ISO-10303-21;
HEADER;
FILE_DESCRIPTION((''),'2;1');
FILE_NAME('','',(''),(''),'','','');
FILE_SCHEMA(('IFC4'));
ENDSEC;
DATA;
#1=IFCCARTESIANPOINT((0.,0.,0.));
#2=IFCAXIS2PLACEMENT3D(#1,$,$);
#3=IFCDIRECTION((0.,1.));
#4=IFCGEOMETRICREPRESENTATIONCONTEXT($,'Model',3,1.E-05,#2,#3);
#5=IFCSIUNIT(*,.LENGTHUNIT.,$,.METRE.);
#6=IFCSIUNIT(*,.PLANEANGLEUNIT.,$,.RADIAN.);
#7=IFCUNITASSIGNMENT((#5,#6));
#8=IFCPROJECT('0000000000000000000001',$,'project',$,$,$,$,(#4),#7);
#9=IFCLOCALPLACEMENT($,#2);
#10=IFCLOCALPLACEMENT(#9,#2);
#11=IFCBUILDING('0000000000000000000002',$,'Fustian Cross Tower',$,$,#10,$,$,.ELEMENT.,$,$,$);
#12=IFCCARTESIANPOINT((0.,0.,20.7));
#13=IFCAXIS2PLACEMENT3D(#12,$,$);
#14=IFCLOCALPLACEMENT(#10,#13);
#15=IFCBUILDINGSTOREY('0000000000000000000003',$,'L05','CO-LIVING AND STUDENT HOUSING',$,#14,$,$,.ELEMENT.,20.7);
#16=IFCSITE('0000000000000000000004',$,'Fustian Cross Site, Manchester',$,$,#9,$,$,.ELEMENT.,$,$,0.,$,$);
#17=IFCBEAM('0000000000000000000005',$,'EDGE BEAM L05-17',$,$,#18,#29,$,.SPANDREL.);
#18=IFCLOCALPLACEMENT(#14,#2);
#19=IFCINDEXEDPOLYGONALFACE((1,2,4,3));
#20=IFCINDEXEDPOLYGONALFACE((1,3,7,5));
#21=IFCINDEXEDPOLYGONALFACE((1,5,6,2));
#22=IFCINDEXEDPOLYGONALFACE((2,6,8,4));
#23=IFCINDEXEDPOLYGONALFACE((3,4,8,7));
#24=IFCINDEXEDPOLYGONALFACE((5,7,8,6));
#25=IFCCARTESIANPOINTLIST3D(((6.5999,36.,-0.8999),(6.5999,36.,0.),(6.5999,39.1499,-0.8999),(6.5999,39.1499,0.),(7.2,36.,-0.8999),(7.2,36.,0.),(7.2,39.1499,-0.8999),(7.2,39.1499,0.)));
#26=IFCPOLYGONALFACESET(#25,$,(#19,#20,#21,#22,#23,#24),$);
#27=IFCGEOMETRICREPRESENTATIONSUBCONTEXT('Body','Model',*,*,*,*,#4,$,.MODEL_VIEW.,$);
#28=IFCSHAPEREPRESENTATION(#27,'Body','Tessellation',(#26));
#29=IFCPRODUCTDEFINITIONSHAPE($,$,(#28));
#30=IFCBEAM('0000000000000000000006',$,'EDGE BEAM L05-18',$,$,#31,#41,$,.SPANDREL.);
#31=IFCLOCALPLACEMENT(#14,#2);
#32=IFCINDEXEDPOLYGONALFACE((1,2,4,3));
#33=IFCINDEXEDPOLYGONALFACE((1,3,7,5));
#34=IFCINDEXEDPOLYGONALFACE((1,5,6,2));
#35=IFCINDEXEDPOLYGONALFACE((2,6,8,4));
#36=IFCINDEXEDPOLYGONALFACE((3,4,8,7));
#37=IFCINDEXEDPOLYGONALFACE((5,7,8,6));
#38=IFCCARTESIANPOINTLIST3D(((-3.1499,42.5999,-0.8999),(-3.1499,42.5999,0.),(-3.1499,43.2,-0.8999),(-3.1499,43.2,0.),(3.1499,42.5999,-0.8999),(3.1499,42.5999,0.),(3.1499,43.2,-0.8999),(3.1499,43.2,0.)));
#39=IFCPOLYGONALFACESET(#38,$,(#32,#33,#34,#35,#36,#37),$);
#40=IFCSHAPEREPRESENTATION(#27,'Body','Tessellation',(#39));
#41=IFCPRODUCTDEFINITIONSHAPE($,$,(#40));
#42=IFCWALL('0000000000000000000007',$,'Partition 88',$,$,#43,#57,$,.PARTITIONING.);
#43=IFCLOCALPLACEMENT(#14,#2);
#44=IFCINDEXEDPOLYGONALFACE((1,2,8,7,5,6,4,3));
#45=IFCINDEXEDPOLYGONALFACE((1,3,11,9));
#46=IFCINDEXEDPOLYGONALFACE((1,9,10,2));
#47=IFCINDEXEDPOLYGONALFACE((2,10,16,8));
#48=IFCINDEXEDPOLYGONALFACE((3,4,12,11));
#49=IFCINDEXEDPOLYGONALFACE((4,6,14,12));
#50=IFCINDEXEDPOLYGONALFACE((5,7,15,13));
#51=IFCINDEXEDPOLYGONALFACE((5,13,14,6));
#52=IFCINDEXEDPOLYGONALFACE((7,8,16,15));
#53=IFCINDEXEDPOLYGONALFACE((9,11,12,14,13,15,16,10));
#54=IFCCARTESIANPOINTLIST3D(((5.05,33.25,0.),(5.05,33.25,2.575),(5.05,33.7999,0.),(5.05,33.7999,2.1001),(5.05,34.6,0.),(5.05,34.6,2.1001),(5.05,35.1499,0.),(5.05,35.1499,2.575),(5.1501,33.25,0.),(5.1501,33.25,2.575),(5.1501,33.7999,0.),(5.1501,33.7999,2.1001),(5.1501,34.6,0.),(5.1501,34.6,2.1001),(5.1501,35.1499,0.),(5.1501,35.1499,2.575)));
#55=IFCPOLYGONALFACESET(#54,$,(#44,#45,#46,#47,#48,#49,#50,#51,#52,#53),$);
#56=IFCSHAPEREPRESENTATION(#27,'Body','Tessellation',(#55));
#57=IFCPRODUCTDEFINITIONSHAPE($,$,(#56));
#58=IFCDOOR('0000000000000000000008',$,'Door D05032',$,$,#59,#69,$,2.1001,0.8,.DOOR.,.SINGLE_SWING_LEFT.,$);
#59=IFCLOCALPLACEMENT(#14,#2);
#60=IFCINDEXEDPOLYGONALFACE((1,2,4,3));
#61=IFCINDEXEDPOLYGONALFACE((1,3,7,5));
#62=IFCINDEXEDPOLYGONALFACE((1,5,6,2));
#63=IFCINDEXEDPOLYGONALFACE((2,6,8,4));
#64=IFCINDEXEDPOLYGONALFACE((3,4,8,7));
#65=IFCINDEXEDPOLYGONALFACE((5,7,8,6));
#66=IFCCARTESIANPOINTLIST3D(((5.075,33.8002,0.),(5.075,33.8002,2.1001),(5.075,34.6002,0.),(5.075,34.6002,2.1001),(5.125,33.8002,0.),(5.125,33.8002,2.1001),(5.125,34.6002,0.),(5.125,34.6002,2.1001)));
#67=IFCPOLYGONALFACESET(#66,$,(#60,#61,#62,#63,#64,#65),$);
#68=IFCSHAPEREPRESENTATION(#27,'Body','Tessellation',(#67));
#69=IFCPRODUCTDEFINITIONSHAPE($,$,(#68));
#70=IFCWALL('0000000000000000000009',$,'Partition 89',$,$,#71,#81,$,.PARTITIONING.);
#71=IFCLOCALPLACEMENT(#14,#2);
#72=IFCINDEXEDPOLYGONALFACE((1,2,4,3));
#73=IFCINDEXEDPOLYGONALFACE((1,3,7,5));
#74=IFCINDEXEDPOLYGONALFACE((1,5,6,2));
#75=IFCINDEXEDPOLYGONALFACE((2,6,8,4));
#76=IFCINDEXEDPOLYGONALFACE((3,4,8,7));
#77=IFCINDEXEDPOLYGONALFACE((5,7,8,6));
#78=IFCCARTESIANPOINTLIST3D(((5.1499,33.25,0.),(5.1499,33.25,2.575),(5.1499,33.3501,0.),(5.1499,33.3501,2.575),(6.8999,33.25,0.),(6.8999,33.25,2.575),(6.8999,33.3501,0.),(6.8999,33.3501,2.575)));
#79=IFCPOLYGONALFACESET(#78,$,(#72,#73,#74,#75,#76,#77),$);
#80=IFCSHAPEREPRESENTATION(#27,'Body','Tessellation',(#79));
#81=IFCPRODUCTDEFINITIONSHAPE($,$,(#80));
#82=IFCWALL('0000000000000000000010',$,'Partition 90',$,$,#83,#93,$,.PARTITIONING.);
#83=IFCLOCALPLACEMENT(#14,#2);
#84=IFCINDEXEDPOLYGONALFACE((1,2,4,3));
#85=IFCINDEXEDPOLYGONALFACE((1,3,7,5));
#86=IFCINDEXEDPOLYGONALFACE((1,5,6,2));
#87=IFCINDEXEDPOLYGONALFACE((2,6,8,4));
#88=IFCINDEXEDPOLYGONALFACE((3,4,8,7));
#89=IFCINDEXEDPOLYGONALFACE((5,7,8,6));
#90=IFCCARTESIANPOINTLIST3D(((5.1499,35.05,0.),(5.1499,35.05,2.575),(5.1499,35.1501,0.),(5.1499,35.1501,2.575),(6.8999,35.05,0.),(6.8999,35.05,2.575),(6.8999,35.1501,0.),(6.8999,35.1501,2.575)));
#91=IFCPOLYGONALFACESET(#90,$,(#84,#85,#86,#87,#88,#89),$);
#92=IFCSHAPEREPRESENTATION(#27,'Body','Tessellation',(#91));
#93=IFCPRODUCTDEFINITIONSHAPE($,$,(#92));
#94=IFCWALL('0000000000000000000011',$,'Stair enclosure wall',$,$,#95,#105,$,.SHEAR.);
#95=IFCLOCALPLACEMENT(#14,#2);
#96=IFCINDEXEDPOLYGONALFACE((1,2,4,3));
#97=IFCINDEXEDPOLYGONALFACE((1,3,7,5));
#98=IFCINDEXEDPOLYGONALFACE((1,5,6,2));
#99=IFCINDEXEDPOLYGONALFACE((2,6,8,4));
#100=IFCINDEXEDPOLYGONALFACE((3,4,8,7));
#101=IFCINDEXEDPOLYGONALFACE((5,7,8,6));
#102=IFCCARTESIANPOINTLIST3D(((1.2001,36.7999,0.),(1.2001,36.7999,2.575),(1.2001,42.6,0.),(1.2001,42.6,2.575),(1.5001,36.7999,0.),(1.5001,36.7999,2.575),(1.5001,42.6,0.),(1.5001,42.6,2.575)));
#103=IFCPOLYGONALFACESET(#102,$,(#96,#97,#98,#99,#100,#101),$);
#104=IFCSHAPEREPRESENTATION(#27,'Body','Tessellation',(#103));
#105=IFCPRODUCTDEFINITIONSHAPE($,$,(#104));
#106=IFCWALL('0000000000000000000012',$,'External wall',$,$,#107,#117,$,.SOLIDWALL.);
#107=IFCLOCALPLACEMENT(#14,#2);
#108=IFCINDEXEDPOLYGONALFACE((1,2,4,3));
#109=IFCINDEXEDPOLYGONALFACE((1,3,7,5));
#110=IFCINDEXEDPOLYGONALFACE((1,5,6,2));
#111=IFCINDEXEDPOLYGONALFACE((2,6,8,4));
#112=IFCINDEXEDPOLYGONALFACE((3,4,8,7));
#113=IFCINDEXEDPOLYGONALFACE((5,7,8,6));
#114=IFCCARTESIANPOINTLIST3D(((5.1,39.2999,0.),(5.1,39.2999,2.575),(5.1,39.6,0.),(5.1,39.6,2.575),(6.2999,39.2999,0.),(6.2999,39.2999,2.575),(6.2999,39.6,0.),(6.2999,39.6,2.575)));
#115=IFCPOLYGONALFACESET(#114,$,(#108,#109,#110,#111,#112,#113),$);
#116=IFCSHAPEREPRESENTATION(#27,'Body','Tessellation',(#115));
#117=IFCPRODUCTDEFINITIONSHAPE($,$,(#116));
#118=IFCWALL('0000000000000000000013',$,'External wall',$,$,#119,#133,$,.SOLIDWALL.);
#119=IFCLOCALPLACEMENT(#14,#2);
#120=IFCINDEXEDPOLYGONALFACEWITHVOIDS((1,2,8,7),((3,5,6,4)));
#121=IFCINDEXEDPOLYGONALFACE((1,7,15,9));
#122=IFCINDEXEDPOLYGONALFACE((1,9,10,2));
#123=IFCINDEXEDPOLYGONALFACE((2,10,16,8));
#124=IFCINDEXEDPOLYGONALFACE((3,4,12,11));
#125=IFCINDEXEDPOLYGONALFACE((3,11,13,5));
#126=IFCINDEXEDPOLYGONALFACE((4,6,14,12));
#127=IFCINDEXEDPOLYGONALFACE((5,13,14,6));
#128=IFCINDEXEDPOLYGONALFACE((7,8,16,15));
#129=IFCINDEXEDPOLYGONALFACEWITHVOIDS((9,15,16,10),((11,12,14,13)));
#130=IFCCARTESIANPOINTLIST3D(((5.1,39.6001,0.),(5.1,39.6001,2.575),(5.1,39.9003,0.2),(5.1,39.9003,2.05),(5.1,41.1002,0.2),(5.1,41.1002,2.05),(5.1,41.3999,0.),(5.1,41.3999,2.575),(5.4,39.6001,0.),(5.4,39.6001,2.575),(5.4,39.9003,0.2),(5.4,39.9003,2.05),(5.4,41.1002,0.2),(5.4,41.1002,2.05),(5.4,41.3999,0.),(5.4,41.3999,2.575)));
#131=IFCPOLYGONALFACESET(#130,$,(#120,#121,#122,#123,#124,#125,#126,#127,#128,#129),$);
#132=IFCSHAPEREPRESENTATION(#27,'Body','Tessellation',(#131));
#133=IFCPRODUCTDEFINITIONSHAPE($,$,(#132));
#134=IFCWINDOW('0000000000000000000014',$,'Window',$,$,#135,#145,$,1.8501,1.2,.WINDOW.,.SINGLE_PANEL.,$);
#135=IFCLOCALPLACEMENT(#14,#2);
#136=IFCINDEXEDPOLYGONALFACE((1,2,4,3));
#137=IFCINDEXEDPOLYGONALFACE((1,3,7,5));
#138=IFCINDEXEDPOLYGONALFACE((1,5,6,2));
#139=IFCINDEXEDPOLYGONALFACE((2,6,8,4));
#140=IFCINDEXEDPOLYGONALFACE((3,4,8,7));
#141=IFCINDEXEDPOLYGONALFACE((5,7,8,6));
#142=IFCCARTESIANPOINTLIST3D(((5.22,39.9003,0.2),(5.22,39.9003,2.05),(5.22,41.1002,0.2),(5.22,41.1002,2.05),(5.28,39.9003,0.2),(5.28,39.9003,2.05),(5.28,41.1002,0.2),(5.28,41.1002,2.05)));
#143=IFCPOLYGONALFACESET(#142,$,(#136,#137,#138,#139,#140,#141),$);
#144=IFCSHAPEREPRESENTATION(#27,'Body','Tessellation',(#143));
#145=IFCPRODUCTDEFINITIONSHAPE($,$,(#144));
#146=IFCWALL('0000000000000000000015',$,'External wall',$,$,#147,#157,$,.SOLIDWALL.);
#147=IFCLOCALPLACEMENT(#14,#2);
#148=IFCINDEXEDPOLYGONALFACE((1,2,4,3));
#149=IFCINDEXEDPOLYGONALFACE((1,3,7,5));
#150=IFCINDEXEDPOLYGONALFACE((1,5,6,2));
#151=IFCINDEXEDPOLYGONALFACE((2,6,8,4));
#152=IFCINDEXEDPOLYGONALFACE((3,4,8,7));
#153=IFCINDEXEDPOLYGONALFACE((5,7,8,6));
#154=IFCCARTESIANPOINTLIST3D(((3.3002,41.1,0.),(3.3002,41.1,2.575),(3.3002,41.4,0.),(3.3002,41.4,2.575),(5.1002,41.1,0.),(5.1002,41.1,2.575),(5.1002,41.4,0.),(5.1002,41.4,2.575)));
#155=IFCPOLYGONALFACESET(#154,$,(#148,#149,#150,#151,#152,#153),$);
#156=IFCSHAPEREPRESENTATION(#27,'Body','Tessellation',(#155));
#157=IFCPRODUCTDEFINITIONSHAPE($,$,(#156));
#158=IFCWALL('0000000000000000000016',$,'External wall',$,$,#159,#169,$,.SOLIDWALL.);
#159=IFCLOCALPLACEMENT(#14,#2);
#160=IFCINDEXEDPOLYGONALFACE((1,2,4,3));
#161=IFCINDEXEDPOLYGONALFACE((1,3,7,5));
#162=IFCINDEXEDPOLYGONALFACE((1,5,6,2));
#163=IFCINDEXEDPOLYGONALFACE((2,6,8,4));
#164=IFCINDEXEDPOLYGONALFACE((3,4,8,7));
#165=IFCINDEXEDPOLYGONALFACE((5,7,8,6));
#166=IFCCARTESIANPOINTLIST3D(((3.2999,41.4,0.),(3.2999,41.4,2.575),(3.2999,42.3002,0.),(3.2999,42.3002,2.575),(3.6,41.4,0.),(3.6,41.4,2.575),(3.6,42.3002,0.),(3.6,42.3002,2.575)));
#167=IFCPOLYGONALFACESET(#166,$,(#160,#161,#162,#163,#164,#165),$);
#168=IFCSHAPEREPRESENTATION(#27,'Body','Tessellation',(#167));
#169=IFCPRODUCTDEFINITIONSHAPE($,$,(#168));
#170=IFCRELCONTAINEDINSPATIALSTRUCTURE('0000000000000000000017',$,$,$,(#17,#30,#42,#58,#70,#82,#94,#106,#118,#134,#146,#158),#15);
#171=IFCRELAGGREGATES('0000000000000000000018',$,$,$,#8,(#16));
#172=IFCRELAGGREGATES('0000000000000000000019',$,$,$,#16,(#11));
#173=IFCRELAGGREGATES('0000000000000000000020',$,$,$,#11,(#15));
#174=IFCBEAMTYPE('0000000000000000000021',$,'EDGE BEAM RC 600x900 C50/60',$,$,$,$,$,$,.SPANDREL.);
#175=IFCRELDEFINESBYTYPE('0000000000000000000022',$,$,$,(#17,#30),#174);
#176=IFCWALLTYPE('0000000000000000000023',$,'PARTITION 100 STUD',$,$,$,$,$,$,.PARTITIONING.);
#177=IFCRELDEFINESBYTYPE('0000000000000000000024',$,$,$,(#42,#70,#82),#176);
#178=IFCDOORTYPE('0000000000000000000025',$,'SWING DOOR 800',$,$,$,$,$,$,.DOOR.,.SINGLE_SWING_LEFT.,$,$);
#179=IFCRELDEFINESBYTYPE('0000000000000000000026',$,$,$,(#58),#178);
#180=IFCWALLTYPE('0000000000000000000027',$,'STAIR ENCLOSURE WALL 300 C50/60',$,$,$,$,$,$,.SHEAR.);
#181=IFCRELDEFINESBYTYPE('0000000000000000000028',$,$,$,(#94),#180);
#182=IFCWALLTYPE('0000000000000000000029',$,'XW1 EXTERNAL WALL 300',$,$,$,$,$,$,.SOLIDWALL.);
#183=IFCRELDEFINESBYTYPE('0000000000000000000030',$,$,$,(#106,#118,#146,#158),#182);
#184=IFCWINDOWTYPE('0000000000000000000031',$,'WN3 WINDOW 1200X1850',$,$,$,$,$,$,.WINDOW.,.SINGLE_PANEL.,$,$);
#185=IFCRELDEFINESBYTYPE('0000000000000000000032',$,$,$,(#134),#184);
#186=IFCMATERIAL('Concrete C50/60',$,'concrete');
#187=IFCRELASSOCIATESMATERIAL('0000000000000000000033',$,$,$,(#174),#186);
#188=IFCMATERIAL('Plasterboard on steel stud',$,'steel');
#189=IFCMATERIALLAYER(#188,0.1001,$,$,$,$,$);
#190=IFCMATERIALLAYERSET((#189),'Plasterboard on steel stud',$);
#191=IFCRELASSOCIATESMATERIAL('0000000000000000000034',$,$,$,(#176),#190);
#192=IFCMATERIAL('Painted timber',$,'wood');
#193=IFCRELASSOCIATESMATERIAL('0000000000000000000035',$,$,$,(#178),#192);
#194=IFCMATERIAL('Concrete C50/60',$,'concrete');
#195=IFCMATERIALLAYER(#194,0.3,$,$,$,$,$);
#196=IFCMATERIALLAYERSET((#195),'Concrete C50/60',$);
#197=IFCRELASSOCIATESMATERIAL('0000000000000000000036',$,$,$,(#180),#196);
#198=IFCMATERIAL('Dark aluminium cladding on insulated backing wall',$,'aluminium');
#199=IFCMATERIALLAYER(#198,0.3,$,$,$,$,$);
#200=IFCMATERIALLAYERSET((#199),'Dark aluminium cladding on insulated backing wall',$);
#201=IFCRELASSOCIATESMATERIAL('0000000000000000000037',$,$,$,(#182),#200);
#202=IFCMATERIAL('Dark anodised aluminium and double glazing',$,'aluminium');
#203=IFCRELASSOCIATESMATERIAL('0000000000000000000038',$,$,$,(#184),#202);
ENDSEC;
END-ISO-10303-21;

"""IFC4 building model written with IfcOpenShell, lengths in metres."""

from ifc_helpers import new_model, si_unit, direction, frame, frame_2d, origin, origin_2d, place, context, subcontext, project, spatial, rectangle, extrude, material, layer, layer_set, material_profile, profile_set, type_object, element, fill, save


model = new_model("IFC4")

# Units and contexts
model_context = context("Model", 3, precision=1e-05, world=origin(), true_north=direction((0.0, 1.0)))
body_context = subcontext(model_context, "Body", "Model", "MODEL_VIEW")
ifc_project = project(units=[si_unit("LENGTHUNIT", "METRE"), si_unit("PLANEANGLEUNIT", "RADIAN")], contexts=[model_context])

# Site, building, storey
site_placement = place(None, origin())
site = spatial("IfcSite", under=ifc_project, at=site_placement, Name="Fustian Cross Site, Manchester", CompositionType="ELEMENT", RefElevation=0.0)
building_placement = place(site_placement, origin())
building = spatial("IfcBuilding", under=site, at=building_placement, Name="Fustian Cross Tower", CompositionType="ELEMENT")
storey_placement = place(building_placement, frame((0.0, 0.0, 20.7)))
storey = spatial("IfcBuildingStorey", under=building, at=storey_placement, Name="L05", Description="CO-LIVING AND STUDENT HOUSING", CompositionType="ELEMENT", Elevation=20.7)

# Beams
ifc_material_1 = material(Name="Concrete C50/60", Category="concrete")
ifc_material_profile_1 = material_profile(ifc_material_1, rectangle(XDim=0.6001, YDim=0.8999, at=origin_2d()), Name="RC 600x900")
ifc_profile_set_1 = profile_set([ifc_material_profile_1], Name="Concrete C50/60")
beam_type = type_object("IfcBeamType", Name="EDGE BEAM RC 600x900 C50/60", PredefinedType="SPANDREL", material=ifc_profile_set_1)
beam_1_placement = place(storey_placement, frame((6.8999, 36.0, -0.45), z_axis=(0.0, 1.0, 0.0), x_axis=(-1.0, 0.0, 0.0)))
element("IfcBeam", 1, at=beam_1_placement, inside=storey, type_object=beam_type, Name="EDGE BEAM L05-17", PredefinedType="SPANDREL", context=body_context, shape_type="SweptSolid", body=[
    extrude(rectangle(XDim=0.6001, YDim=0.8999, at=origin_2d()), origin(), (0.0, 0.0, 1.0), 3.1499),
])
beam_2_placement = place(storey_placement, frame((3.1499, 42.8999, -0.45), z_axis=(-1.0, 0.0, 0.0), x_axis=(0.0, -1.0, 0.0)))
element("IfcBeam", 2, at=beam_2_placement, inside=storey, type_object=beam_type, Name="EDGE BEAM L05-18", PredefinedType="SPANDREL", context=body_context, shape_type="SweptSolid", body=[
    extrude(rectangle(XDim=0.6001, YDim=0.8999, at=origin_2d()), origin(), (0.0, 0.0, 1.0), 6.2998),
])

# Wall, opening, door
ifc_material_2 = material(Name="Plasterboard on steel stud", Category="steel")
ifc_layer_1 = layer(ifc_material_2, 0.1001)
ifc_layer_set_1 = layer_set([ifc_layer_1], Name="Plasterboard on steel stud")
wall_type_1 = type_object("IfcWallType", Name="PARTITION 100 STUD", PredefinedType="PARTITIONING", material=ifc_layer_set_1)
wall_1_placement = place(storey_placement, frame((5.1001, 33.25, 0.0), z_axis=(0.0, 0.0, 1.0), x_axis=(0.0, 1.0, 0.0)))
wall_1 = element("IfcWall", 3, at=wall_1_placement, inside=storey, type_object=wall_type_1, Name="Partition 88", PredefinedType="PARTITIONING", context=body_context, shape_type="SweptSolid", body=[
    extrude(rectangle(XDim=1.8999, YDim=0.1001, at=frame_2d((0.95, 0.0))), origin(), (0.0, 0.0, 1.0), 2.575),
])
opening_1_placement = place(wall_1_placement, frame((0.55, 0.0, 0.0)))
opening_1 = element("IfcOpeningElement", 4, at=opening_1_placement, cuts=wall_1, PredefinedType="OPENING", context=body_context, shape_type="SweptSolid", body=[
    extrude(rectangle(XDim=0.8, YDim=2.1001, at=frame_2d((0.3999, 1.05))), frame((0.0, 0.0601, 0.0), z_axis=(0.0, -1.0, 0.0), x_axis=(1.0, 0.0, 0.0)), (0.0, 0.0, 1.0), 0.1201),
])
ifc_material_3 = material(Name="Painted timber", Category="wood")
door_type = type_object("IfcDoorType", Name="SWING DOOR 800", OperationType="SINGLE_SWING_LEFT", PredefinedType="DOOR", material=ifc_material_3)
door_placement = place(opening_1_placement, frame((0.8, 0.0, 0.0), z_axis=(0.0, 0.0, 1.0), x_axis=(-1.0, 0.0, 0.0)))
door = element("IfcDoor", 5, at=door_placement, inside=storey, type_object=door_type, Name="Door D05032", OperationType="SINGLE_SWING_LEFT", OverallHeight=2.1001, OverallWidth=0.8, PredefinedType="DOOR", context=body_context, shape_type="SweptSolid", body=[
    extrude(rectangle(XDim=0.8, YDim=2.1001, at=frame_2d((0.3999, 1.05))), frame((0.0, 0.0249, 0.0), z_axis=(0.0, -1.0, 0.0), x_axis=(1.0, 0.0, 0.0)), (0.0, 0.0, 1.0), 0.05),
])
fill(opening_1, door)

# Walls
for number, where, z_axis, x_axis, name in (
    (6, (5.1499, 33.3, 0.0), (0.0, 0.0, 1.0), (1.0, 0.0, 0.0), "Partition 89"),
    (7, (5.1499, 35.1001, 0.0), (0.0, 0.0, 1.0), (1.0, 0.0, 0.0), "Partition 90"),
):
    element("IfcWall", number, at=place(storey_placement, frame(where, z_axis=z_axis, x_axis=x_axis)), inside=storey, type_object=wall_type_1, Name=name, PredefinedType="PARTITIONING", context=body_context, shape_type="SweptSolid", body=[
        extrude(rectangle(XDim=1.75, YDim=0.1001, at=frame_2d((0.875, 0.0))), origin(), (0.0, 0.0, 1.0), 2.575),
    ])
ifc_material_4 = material(Name="Concrete C50/60", Category="concrete")
ifc_layer_2 = layer(ifc_material_4, 0.3)
ifc_layer_set_2 = layer_set([ifc_layer_2], Name="Concrete C50/60")
wall_type_2 = type_object("IfcWallType", Name="STAIR ENCLOSURE WALL 300 C50/60", PredefinedType="SHEAR", material=ifc_layer_set_2)
wall_2_placement = place(storey_placement, frame((1.3501, 36.8, 0.0), z_axis=(0.0, 0.0, 1.0), x_axis=(0.0, 1.0, 0.0)))
element("IfcWall", 8, at=wall_2_placement, inside=storey, type_object=wall_type_2, Name="Stair enclosure wall", PredefinedType="SHEAR", context=body_context, shape_type="SweptSolid", body=[
    extrude(rectangle(XDim=5.8, YDim=0.3, at=frame_2d((2.8999, 0.0))), origin(), (0.0, 0.0, 1.0), 2.575),
])
ifc_material_5 = material(Name="Dark aluminium cladding on insulated backing wall", Category="aluminium")
ifc_layer_3 = layer(ifc_material_5, 0.3)
ifc_layer_set_3 = layer_set([ifc_layer_3], Name="Dark aluminium cladding on insulated backing wall")
wall_type_3 = type_object("IfcWallType", Name="XW1 EXTERNAL WALL 300", PredefinedType="SOLIDWALL", material=ifc_layer_set_3)
wall_3_placement = place(storey_placement, frame((6.3, 39.45, 0.0), z_axis=(0.0, 0.0, 1.0), x_axis=(-1.0, 0.0, 0.0)))
element("IfcWall", 9, at=wall_3_placement, inside=storey, type_object=wall_type_3, Name="External wall", PredefinedType="SOLIDWALL", context=body_context, shape_type="SweptSolid", body=[
    extrude(rectangle(XDim=1.2, YDim=0.3, at=frame_2d((0.6001, 0.0))), origin(), (0.0, 0.0, 1.0), 2.575),
])

# Wall, opening, window
wall_4_placement = place(storey_placement, frame((5.25, 39.6001, 0.0), z_axis=(0.0, 0.0, 1.0), x_axis=(0.0, 1.0, 0.0)))
wall_4 = element("IfcWall", 10, at=wall_4_placement, inside=storey, type_object=wall_type_3, Name="External wall", PredefinedType="SOLIDWALL", context=body_context, shape_type="SweptSolid", body=[
    extrude(rectangle(XDim=1.7998, YDim=0.3, at=frame_2d((0.8999, 0.0))), origin(), (0.0, 0.0, 1.0), 2.575),
])
opening_2_placement = place(wall_4_placement, frame((0.3, 0.0, 0.2)))
opening_2 = element("IfcOpeningElement", 11, at=opening_2_placement, cuts=wall_4, PredefinedType="OPENING", context=body_context, shape_type="SweptSolid", body=[
    extrude(rectangle(XDim=1.2, YDim=1.8501, at=frame_2d((0.6001, 0.925))), frame((0.0, 0.1599, 0.0), z_axis=(0.0, -1.0, 0.0), x_axis=(1.0, 0.0, 0.0)), (0.0, 0.0, 1.0), 0.3201),
])
ifc_material_6 = material(Name="Dark anodised aluminium and double glazing", Category="aluminium")
window_type_1 = type_object("IfcWindowType", Name="WN3 WINDOW 1200X1850", PartitioningType="SINGLE_PANEL", PredefinedType="WINDOW", material=ifc_material_6)
window_1_placement = place(opening_2_placement, origin())
window_1 = element("IfcWindow", 12, at=window_1_placement, inside=storey, type_object=window_type_1, Name="Window", OverallHeight=1.8501, OverallWidth=1.2, PartitioningType="SINGLE_PANEL", PredefinedType="WINDOW", context=body_context, shape_type="SweptSolid", body=[
    extrude(rectangle(XDim=1.2, YDim=1.8501, at=frame_2d((0.6001, 0.925))), frame((0.0, 0.03, 0.0), z_axis=(0.0, -1.0, 0.0), x_axis=(1.0, 0.0, 0.0)), (0.0, 0.0, 1.0), 0.0601),
])
fill(opening_2, window_1)

# Walls
wall_5_placement = place(storey_placement, frame((5.1001, 41.25, 0.0), z_axis=(0.0, 0.0, 1.0), x_axis=(-1.0, 0.0, 0.0)))
element("IfcWall", 13, at=wall_5_placement, inside=storey, type_object=wall_type_3, Name="External wall", PredefinedType="SOLIDWALL", context=body_context, shape_type="SweptSolid", body=[
    extrude(rectangle(XDim=1.8, YDim=0.3, at=frame_2d((0.8999, 0.0))), origin(), (0.0, 0.0, 1.0), 2.575),
])
wall_6_placement = place(storey_placement, frame((3.45, 41.3999, 0.0), z_axis=(0.0, 0.0, 1.0), x_axis=(0.0, 1.0, 0.0)))
element("IfcWall", 14, at=wall_6_placement, inside=storey, type_object=wall_type_3, Name="External wall", PredefinedType="SOLIDWALL", context=body_context, shape_type="SweptSolid", body=[
    extrude(rectangle(XDim=0.9001, YDim=0.3, at=frame_2d((0.4502, 0.0))), origin(), (0.0, 0.0, 1.0), 2.575),
])

save(model, "model.ifc")
